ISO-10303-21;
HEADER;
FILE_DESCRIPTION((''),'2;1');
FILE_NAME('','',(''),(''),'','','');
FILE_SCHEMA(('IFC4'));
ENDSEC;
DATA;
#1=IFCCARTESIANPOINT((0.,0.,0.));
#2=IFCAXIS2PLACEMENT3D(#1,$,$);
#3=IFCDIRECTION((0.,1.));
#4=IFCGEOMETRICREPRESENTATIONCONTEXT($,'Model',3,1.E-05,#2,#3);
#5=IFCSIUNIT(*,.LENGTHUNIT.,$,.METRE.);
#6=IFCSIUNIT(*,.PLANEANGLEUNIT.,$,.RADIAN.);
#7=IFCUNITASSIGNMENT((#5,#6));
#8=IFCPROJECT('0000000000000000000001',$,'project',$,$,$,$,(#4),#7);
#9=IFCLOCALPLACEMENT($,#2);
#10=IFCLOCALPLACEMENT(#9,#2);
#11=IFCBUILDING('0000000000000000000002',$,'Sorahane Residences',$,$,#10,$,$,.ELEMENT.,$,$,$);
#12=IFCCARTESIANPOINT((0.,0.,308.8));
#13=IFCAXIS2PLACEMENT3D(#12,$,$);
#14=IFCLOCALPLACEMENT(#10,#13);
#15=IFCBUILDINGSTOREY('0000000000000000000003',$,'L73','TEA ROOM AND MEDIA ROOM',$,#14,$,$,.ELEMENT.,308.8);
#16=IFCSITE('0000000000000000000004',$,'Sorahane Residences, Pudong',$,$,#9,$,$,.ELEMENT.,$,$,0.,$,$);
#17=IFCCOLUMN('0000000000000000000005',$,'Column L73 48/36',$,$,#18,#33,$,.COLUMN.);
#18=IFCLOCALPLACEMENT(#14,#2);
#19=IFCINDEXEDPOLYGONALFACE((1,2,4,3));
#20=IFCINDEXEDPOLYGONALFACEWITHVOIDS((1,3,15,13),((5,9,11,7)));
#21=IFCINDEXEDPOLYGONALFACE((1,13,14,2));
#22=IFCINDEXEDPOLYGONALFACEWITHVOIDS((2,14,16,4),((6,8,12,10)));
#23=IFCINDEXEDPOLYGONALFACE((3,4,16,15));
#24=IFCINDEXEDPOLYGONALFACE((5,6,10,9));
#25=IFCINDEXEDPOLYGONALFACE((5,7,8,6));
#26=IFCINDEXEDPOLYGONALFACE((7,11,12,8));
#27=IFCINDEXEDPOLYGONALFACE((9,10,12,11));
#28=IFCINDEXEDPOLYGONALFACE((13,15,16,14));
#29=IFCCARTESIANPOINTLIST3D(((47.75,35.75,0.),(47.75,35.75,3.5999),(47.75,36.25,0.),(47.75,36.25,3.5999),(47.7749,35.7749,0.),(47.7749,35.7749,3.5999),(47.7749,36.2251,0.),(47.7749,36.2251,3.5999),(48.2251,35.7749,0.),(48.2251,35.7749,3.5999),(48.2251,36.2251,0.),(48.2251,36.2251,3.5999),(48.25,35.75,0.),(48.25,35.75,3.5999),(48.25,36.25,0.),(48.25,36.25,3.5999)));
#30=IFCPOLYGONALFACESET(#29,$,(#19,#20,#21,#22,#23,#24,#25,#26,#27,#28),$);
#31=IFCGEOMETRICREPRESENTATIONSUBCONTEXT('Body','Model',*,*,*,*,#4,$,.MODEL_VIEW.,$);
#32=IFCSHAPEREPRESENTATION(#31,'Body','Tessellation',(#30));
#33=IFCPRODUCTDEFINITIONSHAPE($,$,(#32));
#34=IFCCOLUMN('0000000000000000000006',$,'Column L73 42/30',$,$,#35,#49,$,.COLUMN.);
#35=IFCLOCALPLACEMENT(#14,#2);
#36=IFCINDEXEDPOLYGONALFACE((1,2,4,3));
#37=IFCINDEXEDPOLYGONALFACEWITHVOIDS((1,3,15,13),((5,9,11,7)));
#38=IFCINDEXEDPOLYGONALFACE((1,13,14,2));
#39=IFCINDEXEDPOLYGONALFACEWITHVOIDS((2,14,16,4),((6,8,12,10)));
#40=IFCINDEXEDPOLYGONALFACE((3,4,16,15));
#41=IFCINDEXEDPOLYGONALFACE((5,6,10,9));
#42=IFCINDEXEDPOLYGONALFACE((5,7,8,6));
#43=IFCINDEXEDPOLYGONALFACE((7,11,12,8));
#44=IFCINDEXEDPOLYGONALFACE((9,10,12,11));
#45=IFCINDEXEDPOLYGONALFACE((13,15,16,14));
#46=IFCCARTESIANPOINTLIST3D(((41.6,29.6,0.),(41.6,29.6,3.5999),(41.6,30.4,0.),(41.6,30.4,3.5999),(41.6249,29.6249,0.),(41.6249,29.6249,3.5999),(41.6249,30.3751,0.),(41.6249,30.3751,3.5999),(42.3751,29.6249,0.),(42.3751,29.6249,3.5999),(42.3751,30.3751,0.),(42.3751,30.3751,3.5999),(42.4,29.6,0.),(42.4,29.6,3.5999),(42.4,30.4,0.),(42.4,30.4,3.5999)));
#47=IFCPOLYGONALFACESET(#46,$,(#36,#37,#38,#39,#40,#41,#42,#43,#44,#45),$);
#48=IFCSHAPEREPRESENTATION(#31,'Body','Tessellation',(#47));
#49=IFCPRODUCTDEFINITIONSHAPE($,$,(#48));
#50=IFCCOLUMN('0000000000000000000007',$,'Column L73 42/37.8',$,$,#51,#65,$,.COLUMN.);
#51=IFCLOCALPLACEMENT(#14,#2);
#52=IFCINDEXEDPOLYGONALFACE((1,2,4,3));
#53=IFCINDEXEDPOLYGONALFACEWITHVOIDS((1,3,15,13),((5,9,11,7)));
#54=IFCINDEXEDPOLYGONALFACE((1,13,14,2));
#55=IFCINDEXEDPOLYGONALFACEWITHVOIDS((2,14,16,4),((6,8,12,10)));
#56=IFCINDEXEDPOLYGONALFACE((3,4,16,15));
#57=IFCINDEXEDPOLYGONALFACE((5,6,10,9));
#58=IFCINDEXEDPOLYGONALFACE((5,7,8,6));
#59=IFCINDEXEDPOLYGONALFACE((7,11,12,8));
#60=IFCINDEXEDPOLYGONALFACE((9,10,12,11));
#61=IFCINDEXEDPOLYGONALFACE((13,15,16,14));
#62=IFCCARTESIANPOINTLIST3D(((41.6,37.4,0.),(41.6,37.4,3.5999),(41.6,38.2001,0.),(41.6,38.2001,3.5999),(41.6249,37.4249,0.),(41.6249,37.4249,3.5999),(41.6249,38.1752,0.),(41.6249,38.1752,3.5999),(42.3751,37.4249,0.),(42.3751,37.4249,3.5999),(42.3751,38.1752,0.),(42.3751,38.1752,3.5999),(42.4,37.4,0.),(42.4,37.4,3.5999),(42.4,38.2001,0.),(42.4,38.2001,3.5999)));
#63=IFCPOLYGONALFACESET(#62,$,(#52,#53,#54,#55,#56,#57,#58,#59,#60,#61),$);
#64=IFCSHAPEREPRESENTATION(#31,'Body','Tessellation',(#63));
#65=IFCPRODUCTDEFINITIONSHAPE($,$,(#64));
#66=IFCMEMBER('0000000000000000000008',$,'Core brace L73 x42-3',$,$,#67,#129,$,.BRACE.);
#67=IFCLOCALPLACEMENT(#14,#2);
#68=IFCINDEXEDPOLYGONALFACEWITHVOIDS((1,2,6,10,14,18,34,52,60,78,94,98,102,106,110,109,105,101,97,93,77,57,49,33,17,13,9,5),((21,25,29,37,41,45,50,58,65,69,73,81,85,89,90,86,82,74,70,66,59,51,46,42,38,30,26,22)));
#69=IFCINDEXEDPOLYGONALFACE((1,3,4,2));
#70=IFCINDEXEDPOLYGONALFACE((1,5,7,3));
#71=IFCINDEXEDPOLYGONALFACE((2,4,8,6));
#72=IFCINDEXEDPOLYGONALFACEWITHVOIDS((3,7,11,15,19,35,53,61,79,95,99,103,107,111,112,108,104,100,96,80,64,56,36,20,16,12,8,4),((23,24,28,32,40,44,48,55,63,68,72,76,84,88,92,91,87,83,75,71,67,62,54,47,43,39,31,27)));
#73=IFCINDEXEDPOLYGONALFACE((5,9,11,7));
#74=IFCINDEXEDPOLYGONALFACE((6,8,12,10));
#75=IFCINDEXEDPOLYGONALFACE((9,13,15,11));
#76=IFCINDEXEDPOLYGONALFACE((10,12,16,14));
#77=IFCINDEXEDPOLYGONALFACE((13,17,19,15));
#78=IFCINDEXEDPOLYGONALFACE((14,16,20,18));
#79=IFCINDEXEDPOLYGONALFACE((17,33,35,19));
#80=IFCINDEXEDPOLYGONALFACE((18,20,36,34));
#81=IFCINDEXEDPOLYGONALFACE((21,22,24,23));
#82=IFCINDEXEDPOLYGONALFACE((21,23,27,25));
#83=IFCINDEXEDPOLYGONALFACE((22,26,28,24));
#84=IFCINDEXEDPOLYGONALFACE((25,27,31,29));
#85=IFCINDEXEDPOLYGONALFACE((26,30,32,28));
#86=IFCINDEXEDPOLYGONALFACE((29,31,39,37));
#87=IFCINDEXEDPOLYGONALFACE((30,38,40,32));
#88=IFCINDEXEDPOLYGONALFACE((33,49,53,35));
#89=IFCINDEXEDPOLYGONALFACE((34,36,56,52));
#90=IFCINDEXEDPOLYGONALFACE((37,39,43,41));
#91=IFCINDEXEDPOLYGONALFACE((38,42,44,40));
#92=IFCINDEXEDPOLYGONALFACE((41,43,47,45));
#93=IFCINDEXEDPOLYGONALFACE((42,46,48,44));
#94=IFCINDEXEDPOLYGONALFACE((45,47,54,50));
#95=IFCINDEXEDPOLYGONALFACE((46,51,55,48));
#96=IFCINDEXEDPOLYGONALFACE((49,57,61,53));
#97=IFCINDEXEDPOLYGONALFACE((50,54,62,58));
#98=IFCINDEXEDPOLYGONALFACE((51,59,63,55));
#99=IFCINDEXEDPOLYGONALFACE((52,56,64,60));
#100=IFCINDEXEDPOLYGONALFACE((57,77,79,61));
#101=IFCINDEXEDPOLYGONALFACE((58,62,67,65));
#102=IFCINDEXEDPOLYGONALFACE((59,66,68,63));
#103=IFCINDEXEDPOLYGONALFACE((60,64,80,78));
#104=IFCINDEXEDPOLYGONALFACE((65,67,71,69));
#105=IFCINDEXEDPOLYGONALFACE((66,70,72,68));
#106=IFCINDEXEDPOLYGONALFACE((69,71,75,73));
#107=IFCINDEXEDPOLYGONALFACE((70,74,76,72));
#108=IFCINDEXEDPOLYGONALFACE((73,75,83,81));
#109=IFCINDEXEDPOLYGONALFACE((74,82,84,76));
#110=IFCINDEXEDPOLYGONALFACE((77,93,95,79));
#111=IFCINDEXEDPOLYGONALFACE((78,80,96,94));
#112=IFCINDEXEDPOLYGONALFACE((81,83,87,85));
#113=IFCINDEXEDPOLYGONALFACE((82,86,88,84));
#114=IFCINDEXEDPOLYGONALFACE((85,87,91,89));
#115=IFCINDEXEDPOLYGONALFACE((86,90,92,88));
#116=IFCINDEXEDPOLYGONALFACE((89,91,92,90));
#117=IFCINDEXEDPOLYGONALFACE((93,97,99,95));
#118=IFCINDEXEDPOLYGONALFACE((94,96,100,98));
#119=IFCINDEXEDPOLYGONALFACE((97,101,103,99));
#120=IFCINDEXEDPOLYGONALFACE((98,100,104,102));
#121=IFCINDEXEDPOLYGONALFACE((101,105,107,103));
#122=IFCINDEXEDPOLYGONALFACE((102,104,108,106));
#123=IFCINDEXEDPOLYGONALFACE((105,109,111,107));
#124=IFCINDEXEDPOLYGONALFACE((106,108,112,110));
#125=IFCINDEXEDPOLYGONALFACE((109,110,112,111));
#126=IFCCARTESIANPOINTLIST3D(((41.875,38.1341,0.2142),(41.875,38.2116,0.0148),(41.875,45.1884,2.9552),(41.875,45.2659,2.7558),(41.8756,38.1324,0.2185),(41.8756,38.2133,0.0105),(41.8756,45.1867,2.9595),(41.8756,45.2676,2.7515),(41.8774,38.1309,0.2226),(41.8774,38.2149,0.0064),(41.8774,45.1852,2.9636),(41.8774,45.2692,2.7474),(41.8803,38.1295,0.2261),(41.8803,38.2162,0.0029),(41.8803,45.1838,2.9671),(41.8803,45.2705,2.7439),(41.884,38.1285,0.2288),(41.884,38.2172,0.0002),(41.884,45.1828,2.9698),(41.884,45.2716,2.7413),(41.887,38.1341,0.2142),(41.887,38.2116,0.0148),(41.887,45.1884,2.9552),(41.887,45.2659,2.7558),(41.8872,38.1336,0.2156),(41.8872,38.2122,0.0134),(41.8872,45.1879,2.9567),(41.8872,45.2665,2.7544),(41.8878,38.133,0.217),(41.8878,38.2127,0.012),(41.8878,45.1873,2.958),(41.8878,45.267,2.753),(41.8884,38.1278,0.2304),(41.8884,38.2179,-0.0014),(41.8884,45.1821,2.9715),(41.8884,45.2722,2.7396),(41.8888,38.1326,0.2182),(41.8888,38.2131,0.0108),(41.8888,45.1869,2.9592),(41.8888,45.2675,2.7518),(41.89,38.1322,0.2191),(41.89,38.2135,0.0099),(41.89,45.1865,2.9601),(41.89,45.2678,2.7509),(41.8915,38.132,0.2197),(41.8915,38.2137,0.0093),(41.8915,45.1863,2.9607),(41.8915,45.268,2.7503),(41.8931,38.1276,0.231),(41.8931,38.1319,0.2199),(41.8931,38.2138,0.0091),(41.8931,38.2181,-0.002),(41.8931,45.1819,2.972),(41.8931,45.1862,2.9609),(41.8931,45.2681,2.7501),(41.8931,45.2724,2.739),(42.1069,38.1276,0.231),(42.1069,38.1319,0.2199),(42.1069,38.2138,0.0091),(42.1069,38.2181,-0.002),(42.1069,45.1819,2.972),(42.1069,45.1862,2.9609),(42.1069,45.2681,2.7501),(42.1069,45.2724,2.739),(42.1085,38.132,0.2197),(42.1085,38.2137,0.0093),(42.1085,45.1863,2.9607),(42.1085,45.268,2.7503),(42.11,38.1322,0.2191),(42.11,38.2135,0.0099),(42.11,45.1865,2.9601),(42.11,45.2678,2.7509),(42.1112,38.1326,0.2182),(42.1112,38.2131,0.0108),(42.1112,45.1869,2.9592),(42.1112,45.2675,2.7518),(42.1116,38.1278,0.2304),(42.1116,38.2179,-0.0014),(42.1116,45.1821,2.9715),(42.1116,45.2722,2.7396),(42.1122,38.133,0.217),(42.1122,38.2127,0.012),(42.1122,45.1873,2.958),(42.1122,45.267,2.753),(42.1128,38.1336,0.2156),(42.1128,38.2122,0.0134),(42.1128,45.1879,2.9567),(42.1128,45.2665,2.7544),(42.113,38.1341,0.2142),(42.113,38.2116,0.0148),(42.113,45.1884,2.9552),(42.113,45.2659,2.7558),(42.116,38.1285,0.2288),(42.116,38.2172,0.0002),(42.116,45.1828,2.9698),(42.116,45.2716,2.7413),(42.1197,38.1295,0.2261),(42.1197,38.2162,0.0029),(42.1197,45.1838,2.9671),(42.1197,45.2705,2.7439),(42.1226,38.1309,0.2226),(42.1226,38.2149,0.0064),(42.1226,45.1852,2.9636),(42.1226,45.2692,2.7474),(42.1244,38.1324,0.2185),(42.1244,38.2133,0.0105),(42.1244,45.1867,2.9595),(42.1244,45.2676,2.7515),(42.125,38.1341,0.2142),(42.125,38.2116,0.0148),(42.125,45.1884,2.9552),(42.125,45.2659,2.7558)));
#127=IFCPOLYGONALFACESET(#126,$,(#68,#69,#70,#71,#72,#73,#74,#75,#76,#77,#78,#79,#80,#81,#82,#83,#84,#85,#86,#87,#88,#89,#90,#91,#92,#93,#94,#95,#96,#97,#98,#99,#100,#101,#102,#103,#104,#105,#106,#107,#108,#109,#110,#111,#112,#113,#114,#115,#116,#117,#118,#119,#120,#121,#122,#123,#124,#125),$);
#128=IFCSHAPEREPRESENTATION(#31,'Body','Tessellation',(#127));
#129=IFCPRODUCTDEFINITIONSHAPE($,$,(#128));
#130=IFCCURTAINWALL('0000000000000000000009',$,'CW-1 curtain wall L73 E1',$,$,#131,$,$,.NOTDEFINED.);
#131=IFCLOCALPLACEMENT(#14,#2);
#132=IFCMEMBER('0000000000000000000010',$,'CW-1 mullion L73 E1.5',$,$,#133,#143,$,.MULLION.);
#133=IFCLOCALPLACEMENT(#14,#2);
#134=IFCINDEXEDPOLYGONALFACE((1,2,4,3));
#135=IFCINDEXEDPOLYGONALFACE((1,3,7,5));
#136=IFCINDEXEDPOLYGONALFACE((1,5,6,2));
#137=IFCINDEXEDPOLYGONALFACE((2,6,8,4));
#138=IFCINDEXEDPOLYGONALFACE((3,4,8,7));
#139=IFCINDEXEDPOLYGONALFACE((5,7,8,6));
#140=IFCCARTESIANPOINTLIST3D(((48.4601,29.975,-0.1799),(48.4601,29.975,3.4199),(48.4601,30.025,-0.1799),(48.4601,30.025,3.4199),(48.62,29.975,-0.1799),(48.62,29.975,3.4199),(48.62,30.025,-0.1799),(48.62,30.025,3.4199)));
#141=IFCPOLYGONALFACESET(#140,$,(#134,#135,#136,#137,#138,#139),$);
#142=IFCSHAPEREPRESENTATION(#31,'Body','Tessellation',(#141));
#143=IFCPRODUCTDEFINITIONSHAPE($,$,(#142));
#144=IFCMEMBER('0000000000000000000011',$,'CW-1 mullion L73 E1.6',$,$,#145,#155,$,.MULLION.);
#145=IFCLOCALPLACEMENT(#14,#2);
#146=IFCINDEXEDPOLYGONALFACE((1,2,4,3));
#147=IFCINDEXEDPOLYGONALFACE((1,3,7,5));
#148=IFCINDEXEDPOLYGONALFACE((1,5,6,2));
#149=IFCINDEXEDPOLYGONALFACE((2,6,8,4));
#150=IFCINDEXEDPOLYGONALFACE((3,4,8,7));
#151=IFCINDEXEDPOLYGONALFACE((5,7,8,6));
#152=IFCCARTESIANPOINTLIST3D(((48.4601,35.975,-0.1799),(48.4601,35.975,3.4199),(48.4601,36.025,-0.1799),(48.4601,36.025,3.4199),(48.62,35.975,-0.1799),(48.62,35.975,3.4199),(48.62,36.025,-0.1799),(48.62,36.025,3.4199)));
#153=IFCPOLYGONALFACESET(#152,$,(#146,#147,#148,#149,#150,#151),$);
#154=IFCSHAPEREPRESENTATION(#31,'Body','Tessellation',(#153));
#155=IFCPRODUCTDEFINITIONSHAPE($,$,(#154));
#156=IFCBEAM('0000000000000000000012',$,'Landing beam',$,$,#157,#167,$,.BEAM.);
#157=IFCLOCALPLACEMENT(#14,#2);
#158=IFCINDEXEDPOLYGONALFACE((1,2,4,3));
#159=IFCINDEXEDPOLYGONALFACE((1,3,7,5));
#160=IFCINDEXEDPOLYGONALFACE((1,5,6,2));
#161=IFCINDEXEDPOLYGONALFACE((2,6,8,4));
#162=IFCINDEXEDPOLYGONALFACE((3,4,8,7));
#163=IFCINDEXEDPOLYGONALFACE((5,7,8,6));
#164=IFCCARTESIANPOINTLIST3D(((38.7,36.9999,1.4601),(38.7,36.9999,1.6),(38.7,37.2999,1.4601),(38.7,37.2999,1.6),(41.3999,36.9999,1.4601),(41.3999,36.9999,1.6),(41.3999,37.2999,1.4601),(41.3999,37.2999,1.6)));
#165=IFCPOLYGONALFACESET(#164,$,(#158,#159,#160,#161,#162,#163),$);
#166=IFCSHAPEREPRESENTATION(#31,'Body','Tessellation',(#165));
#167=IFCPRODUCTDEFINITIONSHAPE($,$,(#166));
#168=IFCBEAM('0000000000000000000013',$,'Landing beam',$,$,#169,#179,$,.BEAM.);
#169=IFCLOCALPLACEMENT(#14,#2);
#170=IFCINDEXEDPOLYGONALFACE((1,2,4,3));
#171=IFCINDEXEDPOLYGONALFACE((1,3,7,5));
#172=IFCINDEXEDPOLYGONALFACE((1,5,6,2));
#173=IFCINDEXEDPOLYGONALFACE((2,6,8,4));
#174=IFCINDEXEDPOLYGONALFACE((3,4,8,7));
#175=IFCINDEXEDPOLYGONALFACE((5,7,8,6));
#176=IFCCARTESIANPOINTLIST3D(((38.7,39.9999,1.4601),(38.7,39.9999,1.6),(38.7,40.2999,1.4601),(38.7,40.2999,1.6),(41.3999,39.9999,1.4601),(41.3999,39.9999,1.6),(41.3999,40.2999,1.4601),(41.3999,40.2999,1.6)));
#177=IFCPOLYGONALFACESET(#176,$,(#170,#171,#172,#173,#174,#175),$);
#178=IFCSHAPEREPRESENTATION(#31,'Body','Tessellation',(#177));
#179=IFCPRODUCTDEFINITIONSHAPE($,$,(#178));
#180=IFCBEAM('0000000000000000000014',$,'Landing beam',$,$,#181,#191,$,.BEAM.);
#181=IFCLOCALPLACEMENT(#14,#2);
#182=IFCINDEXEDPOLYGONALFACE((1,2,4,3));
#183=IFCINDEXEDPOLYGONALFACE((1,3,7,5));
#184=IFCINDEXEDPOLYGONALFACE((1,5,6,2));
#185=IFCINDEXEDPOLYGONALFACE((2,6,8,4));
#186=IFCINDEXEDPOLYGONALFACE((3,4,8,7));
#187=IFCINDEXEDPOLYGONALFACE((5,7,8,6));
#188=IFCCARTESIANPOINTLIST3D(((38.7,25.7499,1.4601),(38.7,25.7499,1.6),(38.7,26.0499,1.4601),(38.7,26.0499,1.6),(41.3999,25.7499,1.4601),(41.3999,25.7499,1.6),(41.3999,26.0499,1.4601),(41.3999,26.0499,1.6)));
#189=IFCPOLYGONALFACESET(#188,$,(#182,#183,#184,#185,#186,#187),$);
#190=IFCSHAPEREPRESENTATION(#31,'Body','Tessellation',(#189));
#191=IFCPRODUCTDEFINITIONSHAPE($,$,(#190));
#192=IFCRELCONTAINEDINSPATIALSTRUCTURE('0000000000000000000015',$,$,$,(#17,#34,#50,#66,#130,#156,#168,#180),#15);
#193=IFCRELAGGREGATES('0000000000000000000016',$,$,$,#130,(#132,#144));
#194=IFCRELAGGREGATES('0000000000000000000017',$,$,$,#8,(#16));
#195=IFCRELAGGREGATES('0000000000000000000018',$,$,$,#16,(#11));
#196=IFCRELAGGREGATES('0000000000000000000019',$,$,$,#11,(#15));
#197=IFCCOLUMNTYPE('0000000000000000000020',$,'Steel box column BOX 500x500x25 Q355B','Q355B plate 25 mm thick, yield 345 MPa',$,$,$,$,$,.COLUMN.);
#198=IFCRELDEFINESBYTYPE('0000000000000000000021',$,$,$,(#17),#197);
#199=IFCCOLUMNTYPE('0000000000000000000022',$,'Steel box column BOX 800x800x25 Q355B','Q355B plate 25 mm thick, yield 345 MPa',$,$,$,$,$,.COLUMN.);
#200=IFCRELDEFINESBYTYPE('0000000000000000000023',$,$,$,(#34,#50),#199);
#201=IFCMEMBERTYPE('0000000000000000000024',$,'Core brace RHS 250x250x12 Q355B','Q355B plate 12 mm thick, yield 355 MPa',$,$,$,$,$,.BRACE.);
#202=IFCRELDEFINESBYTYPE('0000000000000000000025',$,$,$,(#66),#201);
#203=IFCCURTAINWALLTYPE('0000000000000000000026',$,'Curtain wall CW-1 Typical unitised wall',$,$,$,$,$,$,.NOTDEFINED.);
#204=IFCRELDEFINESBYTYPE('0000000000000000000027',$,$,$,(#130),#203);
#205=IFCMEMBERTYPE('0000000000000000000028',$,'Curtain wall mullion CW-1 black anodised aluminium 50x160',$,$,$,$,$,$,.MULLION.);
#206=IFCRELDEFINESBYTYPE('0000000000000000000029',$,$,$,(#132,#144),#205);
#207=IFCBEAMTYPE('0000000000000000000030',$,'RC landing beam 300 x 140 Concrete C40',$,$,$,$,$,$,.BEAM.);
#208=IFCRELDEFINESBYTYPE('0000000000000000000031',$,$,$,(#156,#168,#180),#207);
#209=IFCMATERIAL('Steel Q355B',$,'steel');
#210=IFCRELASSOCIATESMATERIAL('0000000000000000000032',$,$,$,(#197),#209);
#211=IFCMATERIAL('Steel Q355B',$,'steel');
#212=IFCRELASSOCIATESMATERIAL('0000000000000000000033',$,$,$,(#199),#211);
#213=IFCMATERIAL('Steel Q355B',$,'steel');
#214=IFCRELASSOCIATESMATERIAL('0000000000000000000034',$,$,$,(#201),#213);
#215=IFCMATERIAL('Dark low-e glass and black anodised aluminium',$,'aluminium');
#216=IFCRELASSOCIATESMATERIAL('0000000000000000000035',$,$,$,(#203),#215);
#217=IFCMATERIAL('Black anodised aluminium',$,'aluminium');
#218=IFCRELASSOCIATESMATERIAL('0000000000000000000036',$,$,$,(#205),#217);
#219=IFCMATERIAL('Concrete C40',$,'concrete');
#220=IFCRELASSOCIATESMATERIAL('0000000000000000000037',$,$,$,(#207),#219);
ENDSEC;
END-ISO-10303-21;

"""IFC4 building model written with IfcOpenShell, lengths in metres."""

from ifc_helpers import new_model, si_unit, direction, frame, origin, origin_2d, place, context, subcontext, project, spatial, rectangle, hollow_rectangle, extrude, material, material_profile, profile_set, type_object, element, aggregate, save


model = new_model("IFC4")

# Units and contexts
model_context = context("Model", 3, precision=1e-05, world=origin(), true_north=direction((0.0, 1.0)))
body_context = subcontext(model_context, "Body", "Model", "MODEL_VIEW")
ifc_project = project(units=[si_unit("LENGTHUNIT", "METRE"), si_unit("PLANEANGLEUNIT", "RADIAN")], contexts=[model_context])

# Site, building, storey
site_placement = place(None, origin())
site = spatial("IfcSite", under=ifc_project, at=site_placement, Name="Sorahane Residences, Pudong", CompositionType="ELEMENT", RefElevation=0.0)
building_placement = place(site_placement, origin())
building = spatial("IfcBuilding", under=site, at=building_placement, Name="Sorahane Residences", CompositionType="ELEMENT")
storey_placement = place(building_placement, frame((0.0, 0.0, 308.8)))
storey = spatial("IfcBuildingStorey", under=building, at=storey_placement, Name="L73", Description="TEA ROOM AND MEDIA ROOM", CompositionType="ELEMENT", Elevation=308.8)

# Columns
ifc_material_1 = material(Name="Steel Q355B", Category="steel")
ifc_material_profile_1 = material_profile(ifc_material_1, hollow_rectangle(XDim=0.5, YDim=0.5, WallThickness=0.0249, at=origin_2d()), Name="BOX 500x500x25")
ifc_profile_set_1 = profile_set([ifc_material_profile_1], Name="Steel Q355B")
column_type_1 = type_object("IfcColumnType", Name="Steel box column BOX 500x500x25 Q355B", Description="Q355B plate 25 mm thick, yield 345 MPa", PredefinedType="COLUMN", material=ifc_profile_set_1)
column_placement = place(storey_placement, frame((48.0, 36.0, 0.0), z_axis=(0.0, 0.0, 1.0), x_axis=(1.0, 0.0, 0.0)))
element("IfcColumn", 1, at=column_placement, inside=storey, type_object=column_type_1, Name="Column L73 48/36", PredefinedType="COLUMN", context=body_context, shape_type="SweptSolid", body=[
    extrude(hollow_rectangle(XDim=0.5, YDim=0.5, WallThickness=0.0249, at=origin_2d()), origin(), (0.0, 0.0, 1.0), 3.5999),
])
ifc_material_2 = material(Name="Steel Q355B", Category="steel")
ifc_material_profile_2 = material_profile(ifc_material_2, hollow_rectangle(XDim=0.8, YDim=0.8, WallThickness=0.0249, at=origin_2d()), Name="BOX 800x800x25")
ifc_profile_set_2 = profile_set([ifc_material_profile_2], Name="Steel Q355B")
column_type_2 = type_object("IfcColumnType", Name="Steel box column BOX 800x800x25 Q355B", Description="Q355B plate 25 mm thick, yield 345 MPa", PredefinedType="COLUMN", material=ifc_profile_set_2)
for number, where, z_axis, x_axis, name in (
    (2, (42.0, 30.0, 0.0), (0.0, 0.0, 1.0), (1.0, 0.0, 0.0), "Column L73 42/30"),
    (3, (42.0, 37.8, 0.0), (0.0, 0.0, 1.0), (1.0, 0.0, 0.0), "Column L73 42/37.8"),
):
    element("IfcColumn", number, at=place(storey_placement, frame(where, z_axis=z_axis, x_axis=x_axis)), inside=storey, type_object=column_type_2, Name=name, PredefinedType="COLUMN", context=body_context, shape_type="SweptSolid", body=[
        extrude(hollow_rectangle(XDim=0.8, YDim=0.8, WallThickness=0.0249, at=origin_2d()), origin(), (0.0, 0.0, 1.0), 3.5999),
    ])

# Member
ifc_material_3 = material(Name="Steel Q355B", Category="steel")
ifc_material_profile_3 = material_profile(ifc_material_3, hollow_rectangle(XDim=0.25, YDim=0.25, WallThickness=0.012, InnerFilletRadius=0.0061, OuterFilletRadius=0.0181, at=origin_2d()), Name="RHS 250x250x12")
ifc_profile_set_3 = profile_set([ifc_material_profile_3], Name="Steel Q355B")
member_type_1 = type_object("IfcMemberType", Name="Core brace RHS 250x250x12 Q355B", Description="Q355B plate 12 mm thick, yield 355 MPa", PredefinedType="BRACE", material=ifc_profile_set_3)
member_1_placement = place(storey_placement, frame((42.0, 38.1729, 0.1145), z_axis=(0.0, 0.932109, 0.362178), x_axis=(-1.0, 0.0, 0.0)))
element("IfcMember", 4, at=member_1_placement, inside=storey, type_object=member_type_1, Name="Core brace L73 x42-3", PredefinedType="BRACE", context=body_context, shape_type="SweptSolid", body=[
    extrude(hollow_rectangle(XDim=0.25, YDim=0.25, WallThickness=0.012, InnerFilletRadius=0.0061, OuterFilletRadius=0.0181, at=origin_2d()), origin(), (0.0, 0.0, 1.0), 7.5681),
])

# Curtain wall, members
ifc_material_4 = material(Name="Dark low-e glass and black anodised aluminium", Category="aluminium")
curtain_wall_type = type_object("IfcCurtainWallType", Name="Curtain wall CW-1 Typical unitised wall", PredefinedType="NOTDEFINED", material=ifc_material_4)
curtain_wall_placement = place(storey_placement, origin())
curtain_wall = element("IfcCurtainWall", 5, at=curtain_wall_placement, inside=storey, type_object=curtain_wall_type, Name="CW-1 curtain wall L73 E1", PredefinedType="NOTDEFINED")
ifc_material_5 = material(Name="Black anodised aluminium", Category="aluminium")
ifc_material_profile_4 = material_profile(ifc_material_5, rectangle(XDim=0.1599, YDim=0.05, at=origin_2d()), Name="Curtain wall mullion CW-1 black anodised aluminium 50x160")
ifc_profile_set_4 = profile_set([ifc_material_profile_4], Name="Black anodised aluminium")
member_type_2 = type_object("IfcMemberType", Name="Curtain wall mullion CW-1 black anodised aluminium 50x160", PredefinedType="MULLION", material=ifc_profile_set_4)
member_2_placement = place(storey_placement, frame((48.54, 30.0, -0.1799), z_axis=(0.0, 0.0, 1.0), x_axis=(1.0, 0.0, 0.0)))
member_2 = element("IfcMember", 6, at=member_2_placement, type_object=member_type_2, Name="CW-1 mullion L73 E1.5", PredefinedType="MULLION", context=body_context, shape_type="SweptSolid", body=[
    extrude(rectangle(XDim=0.1599, YDim=0.05, at=origin_2d()), origin(), (0.0, 0.0, 1.0), 3.5999),
])
member_3_placement = place(storey_placement, frame((48.54, 36.0, -0.1799), z_axis=(0.0, 0.0, 1.0), x_axis=(1.0, 0.0, 0.0)))
member_3 = element("IfcMember", 7, at=member_3_placement, type_object=member_type_2, Name="CW-1 mullion L73 E1.6", PredefinedType="MULLION", context=body_context, shape_type="SweptSolid", body=[
    extrude(rectangle(XDim=0.1599, YDim=0.05, at=origin_2d()), origin(), (0.0, 0.0, 1.0), 3.5999),
])

# Beams
ifc_material_6 = material(Name="Concrete C40", Category="concrete")
ifc_material_profile_5 = material_profile(ifc_material_6, rectangle(XDim=0.3, YDim=0.1399, at=origin_2d()), Name="300x140")
ifc_profile_set_5 = profile_set([ifc_material_profile_5], Name="Concrete C40")
beam_type_1 = type_object("IfcBeamType", Name="RC landing beam 300 x 140 Concrete C40", PredefinedType="BEAM", material=ifc_profile_set_5)
for number, where, z_axis, x_axis, name in (
    (8, (38.7, 37.1499, 1.53), (1.0, 0.0, 0.0), (0.0, 1.0, 0.0), "Landing beam"),
    (9, (38.7, 40.1499, 1.53), (1.0, 0.0, 0.0), (0.0, 1.0, 0.0), "Landing beam"),
    (10, (38.7, 25.8999, 1.53), (1.0, 0.0, 0.0), (0.0, 1.0, 0.0), "Landing beam"),
):
    element("IfcBeam", number, at=place(storey_placement, frame(where, z_axis=z_axis, x_axis=x_axis)), inside=storey, type_object=beam_type_1, Name=name, PredefinedType="BEAM", context=body_context, shape_type="SweptSolid", body=[
        extrude(rectangle(XDim=0.3, YDim=0.1399, at=origin_2d()), origin(), (0.0, 0.0, 1.0), 2.7),
    ])

aggregate(curtain_wall, [member_2, member_3])

save(model, "model.ifc")
